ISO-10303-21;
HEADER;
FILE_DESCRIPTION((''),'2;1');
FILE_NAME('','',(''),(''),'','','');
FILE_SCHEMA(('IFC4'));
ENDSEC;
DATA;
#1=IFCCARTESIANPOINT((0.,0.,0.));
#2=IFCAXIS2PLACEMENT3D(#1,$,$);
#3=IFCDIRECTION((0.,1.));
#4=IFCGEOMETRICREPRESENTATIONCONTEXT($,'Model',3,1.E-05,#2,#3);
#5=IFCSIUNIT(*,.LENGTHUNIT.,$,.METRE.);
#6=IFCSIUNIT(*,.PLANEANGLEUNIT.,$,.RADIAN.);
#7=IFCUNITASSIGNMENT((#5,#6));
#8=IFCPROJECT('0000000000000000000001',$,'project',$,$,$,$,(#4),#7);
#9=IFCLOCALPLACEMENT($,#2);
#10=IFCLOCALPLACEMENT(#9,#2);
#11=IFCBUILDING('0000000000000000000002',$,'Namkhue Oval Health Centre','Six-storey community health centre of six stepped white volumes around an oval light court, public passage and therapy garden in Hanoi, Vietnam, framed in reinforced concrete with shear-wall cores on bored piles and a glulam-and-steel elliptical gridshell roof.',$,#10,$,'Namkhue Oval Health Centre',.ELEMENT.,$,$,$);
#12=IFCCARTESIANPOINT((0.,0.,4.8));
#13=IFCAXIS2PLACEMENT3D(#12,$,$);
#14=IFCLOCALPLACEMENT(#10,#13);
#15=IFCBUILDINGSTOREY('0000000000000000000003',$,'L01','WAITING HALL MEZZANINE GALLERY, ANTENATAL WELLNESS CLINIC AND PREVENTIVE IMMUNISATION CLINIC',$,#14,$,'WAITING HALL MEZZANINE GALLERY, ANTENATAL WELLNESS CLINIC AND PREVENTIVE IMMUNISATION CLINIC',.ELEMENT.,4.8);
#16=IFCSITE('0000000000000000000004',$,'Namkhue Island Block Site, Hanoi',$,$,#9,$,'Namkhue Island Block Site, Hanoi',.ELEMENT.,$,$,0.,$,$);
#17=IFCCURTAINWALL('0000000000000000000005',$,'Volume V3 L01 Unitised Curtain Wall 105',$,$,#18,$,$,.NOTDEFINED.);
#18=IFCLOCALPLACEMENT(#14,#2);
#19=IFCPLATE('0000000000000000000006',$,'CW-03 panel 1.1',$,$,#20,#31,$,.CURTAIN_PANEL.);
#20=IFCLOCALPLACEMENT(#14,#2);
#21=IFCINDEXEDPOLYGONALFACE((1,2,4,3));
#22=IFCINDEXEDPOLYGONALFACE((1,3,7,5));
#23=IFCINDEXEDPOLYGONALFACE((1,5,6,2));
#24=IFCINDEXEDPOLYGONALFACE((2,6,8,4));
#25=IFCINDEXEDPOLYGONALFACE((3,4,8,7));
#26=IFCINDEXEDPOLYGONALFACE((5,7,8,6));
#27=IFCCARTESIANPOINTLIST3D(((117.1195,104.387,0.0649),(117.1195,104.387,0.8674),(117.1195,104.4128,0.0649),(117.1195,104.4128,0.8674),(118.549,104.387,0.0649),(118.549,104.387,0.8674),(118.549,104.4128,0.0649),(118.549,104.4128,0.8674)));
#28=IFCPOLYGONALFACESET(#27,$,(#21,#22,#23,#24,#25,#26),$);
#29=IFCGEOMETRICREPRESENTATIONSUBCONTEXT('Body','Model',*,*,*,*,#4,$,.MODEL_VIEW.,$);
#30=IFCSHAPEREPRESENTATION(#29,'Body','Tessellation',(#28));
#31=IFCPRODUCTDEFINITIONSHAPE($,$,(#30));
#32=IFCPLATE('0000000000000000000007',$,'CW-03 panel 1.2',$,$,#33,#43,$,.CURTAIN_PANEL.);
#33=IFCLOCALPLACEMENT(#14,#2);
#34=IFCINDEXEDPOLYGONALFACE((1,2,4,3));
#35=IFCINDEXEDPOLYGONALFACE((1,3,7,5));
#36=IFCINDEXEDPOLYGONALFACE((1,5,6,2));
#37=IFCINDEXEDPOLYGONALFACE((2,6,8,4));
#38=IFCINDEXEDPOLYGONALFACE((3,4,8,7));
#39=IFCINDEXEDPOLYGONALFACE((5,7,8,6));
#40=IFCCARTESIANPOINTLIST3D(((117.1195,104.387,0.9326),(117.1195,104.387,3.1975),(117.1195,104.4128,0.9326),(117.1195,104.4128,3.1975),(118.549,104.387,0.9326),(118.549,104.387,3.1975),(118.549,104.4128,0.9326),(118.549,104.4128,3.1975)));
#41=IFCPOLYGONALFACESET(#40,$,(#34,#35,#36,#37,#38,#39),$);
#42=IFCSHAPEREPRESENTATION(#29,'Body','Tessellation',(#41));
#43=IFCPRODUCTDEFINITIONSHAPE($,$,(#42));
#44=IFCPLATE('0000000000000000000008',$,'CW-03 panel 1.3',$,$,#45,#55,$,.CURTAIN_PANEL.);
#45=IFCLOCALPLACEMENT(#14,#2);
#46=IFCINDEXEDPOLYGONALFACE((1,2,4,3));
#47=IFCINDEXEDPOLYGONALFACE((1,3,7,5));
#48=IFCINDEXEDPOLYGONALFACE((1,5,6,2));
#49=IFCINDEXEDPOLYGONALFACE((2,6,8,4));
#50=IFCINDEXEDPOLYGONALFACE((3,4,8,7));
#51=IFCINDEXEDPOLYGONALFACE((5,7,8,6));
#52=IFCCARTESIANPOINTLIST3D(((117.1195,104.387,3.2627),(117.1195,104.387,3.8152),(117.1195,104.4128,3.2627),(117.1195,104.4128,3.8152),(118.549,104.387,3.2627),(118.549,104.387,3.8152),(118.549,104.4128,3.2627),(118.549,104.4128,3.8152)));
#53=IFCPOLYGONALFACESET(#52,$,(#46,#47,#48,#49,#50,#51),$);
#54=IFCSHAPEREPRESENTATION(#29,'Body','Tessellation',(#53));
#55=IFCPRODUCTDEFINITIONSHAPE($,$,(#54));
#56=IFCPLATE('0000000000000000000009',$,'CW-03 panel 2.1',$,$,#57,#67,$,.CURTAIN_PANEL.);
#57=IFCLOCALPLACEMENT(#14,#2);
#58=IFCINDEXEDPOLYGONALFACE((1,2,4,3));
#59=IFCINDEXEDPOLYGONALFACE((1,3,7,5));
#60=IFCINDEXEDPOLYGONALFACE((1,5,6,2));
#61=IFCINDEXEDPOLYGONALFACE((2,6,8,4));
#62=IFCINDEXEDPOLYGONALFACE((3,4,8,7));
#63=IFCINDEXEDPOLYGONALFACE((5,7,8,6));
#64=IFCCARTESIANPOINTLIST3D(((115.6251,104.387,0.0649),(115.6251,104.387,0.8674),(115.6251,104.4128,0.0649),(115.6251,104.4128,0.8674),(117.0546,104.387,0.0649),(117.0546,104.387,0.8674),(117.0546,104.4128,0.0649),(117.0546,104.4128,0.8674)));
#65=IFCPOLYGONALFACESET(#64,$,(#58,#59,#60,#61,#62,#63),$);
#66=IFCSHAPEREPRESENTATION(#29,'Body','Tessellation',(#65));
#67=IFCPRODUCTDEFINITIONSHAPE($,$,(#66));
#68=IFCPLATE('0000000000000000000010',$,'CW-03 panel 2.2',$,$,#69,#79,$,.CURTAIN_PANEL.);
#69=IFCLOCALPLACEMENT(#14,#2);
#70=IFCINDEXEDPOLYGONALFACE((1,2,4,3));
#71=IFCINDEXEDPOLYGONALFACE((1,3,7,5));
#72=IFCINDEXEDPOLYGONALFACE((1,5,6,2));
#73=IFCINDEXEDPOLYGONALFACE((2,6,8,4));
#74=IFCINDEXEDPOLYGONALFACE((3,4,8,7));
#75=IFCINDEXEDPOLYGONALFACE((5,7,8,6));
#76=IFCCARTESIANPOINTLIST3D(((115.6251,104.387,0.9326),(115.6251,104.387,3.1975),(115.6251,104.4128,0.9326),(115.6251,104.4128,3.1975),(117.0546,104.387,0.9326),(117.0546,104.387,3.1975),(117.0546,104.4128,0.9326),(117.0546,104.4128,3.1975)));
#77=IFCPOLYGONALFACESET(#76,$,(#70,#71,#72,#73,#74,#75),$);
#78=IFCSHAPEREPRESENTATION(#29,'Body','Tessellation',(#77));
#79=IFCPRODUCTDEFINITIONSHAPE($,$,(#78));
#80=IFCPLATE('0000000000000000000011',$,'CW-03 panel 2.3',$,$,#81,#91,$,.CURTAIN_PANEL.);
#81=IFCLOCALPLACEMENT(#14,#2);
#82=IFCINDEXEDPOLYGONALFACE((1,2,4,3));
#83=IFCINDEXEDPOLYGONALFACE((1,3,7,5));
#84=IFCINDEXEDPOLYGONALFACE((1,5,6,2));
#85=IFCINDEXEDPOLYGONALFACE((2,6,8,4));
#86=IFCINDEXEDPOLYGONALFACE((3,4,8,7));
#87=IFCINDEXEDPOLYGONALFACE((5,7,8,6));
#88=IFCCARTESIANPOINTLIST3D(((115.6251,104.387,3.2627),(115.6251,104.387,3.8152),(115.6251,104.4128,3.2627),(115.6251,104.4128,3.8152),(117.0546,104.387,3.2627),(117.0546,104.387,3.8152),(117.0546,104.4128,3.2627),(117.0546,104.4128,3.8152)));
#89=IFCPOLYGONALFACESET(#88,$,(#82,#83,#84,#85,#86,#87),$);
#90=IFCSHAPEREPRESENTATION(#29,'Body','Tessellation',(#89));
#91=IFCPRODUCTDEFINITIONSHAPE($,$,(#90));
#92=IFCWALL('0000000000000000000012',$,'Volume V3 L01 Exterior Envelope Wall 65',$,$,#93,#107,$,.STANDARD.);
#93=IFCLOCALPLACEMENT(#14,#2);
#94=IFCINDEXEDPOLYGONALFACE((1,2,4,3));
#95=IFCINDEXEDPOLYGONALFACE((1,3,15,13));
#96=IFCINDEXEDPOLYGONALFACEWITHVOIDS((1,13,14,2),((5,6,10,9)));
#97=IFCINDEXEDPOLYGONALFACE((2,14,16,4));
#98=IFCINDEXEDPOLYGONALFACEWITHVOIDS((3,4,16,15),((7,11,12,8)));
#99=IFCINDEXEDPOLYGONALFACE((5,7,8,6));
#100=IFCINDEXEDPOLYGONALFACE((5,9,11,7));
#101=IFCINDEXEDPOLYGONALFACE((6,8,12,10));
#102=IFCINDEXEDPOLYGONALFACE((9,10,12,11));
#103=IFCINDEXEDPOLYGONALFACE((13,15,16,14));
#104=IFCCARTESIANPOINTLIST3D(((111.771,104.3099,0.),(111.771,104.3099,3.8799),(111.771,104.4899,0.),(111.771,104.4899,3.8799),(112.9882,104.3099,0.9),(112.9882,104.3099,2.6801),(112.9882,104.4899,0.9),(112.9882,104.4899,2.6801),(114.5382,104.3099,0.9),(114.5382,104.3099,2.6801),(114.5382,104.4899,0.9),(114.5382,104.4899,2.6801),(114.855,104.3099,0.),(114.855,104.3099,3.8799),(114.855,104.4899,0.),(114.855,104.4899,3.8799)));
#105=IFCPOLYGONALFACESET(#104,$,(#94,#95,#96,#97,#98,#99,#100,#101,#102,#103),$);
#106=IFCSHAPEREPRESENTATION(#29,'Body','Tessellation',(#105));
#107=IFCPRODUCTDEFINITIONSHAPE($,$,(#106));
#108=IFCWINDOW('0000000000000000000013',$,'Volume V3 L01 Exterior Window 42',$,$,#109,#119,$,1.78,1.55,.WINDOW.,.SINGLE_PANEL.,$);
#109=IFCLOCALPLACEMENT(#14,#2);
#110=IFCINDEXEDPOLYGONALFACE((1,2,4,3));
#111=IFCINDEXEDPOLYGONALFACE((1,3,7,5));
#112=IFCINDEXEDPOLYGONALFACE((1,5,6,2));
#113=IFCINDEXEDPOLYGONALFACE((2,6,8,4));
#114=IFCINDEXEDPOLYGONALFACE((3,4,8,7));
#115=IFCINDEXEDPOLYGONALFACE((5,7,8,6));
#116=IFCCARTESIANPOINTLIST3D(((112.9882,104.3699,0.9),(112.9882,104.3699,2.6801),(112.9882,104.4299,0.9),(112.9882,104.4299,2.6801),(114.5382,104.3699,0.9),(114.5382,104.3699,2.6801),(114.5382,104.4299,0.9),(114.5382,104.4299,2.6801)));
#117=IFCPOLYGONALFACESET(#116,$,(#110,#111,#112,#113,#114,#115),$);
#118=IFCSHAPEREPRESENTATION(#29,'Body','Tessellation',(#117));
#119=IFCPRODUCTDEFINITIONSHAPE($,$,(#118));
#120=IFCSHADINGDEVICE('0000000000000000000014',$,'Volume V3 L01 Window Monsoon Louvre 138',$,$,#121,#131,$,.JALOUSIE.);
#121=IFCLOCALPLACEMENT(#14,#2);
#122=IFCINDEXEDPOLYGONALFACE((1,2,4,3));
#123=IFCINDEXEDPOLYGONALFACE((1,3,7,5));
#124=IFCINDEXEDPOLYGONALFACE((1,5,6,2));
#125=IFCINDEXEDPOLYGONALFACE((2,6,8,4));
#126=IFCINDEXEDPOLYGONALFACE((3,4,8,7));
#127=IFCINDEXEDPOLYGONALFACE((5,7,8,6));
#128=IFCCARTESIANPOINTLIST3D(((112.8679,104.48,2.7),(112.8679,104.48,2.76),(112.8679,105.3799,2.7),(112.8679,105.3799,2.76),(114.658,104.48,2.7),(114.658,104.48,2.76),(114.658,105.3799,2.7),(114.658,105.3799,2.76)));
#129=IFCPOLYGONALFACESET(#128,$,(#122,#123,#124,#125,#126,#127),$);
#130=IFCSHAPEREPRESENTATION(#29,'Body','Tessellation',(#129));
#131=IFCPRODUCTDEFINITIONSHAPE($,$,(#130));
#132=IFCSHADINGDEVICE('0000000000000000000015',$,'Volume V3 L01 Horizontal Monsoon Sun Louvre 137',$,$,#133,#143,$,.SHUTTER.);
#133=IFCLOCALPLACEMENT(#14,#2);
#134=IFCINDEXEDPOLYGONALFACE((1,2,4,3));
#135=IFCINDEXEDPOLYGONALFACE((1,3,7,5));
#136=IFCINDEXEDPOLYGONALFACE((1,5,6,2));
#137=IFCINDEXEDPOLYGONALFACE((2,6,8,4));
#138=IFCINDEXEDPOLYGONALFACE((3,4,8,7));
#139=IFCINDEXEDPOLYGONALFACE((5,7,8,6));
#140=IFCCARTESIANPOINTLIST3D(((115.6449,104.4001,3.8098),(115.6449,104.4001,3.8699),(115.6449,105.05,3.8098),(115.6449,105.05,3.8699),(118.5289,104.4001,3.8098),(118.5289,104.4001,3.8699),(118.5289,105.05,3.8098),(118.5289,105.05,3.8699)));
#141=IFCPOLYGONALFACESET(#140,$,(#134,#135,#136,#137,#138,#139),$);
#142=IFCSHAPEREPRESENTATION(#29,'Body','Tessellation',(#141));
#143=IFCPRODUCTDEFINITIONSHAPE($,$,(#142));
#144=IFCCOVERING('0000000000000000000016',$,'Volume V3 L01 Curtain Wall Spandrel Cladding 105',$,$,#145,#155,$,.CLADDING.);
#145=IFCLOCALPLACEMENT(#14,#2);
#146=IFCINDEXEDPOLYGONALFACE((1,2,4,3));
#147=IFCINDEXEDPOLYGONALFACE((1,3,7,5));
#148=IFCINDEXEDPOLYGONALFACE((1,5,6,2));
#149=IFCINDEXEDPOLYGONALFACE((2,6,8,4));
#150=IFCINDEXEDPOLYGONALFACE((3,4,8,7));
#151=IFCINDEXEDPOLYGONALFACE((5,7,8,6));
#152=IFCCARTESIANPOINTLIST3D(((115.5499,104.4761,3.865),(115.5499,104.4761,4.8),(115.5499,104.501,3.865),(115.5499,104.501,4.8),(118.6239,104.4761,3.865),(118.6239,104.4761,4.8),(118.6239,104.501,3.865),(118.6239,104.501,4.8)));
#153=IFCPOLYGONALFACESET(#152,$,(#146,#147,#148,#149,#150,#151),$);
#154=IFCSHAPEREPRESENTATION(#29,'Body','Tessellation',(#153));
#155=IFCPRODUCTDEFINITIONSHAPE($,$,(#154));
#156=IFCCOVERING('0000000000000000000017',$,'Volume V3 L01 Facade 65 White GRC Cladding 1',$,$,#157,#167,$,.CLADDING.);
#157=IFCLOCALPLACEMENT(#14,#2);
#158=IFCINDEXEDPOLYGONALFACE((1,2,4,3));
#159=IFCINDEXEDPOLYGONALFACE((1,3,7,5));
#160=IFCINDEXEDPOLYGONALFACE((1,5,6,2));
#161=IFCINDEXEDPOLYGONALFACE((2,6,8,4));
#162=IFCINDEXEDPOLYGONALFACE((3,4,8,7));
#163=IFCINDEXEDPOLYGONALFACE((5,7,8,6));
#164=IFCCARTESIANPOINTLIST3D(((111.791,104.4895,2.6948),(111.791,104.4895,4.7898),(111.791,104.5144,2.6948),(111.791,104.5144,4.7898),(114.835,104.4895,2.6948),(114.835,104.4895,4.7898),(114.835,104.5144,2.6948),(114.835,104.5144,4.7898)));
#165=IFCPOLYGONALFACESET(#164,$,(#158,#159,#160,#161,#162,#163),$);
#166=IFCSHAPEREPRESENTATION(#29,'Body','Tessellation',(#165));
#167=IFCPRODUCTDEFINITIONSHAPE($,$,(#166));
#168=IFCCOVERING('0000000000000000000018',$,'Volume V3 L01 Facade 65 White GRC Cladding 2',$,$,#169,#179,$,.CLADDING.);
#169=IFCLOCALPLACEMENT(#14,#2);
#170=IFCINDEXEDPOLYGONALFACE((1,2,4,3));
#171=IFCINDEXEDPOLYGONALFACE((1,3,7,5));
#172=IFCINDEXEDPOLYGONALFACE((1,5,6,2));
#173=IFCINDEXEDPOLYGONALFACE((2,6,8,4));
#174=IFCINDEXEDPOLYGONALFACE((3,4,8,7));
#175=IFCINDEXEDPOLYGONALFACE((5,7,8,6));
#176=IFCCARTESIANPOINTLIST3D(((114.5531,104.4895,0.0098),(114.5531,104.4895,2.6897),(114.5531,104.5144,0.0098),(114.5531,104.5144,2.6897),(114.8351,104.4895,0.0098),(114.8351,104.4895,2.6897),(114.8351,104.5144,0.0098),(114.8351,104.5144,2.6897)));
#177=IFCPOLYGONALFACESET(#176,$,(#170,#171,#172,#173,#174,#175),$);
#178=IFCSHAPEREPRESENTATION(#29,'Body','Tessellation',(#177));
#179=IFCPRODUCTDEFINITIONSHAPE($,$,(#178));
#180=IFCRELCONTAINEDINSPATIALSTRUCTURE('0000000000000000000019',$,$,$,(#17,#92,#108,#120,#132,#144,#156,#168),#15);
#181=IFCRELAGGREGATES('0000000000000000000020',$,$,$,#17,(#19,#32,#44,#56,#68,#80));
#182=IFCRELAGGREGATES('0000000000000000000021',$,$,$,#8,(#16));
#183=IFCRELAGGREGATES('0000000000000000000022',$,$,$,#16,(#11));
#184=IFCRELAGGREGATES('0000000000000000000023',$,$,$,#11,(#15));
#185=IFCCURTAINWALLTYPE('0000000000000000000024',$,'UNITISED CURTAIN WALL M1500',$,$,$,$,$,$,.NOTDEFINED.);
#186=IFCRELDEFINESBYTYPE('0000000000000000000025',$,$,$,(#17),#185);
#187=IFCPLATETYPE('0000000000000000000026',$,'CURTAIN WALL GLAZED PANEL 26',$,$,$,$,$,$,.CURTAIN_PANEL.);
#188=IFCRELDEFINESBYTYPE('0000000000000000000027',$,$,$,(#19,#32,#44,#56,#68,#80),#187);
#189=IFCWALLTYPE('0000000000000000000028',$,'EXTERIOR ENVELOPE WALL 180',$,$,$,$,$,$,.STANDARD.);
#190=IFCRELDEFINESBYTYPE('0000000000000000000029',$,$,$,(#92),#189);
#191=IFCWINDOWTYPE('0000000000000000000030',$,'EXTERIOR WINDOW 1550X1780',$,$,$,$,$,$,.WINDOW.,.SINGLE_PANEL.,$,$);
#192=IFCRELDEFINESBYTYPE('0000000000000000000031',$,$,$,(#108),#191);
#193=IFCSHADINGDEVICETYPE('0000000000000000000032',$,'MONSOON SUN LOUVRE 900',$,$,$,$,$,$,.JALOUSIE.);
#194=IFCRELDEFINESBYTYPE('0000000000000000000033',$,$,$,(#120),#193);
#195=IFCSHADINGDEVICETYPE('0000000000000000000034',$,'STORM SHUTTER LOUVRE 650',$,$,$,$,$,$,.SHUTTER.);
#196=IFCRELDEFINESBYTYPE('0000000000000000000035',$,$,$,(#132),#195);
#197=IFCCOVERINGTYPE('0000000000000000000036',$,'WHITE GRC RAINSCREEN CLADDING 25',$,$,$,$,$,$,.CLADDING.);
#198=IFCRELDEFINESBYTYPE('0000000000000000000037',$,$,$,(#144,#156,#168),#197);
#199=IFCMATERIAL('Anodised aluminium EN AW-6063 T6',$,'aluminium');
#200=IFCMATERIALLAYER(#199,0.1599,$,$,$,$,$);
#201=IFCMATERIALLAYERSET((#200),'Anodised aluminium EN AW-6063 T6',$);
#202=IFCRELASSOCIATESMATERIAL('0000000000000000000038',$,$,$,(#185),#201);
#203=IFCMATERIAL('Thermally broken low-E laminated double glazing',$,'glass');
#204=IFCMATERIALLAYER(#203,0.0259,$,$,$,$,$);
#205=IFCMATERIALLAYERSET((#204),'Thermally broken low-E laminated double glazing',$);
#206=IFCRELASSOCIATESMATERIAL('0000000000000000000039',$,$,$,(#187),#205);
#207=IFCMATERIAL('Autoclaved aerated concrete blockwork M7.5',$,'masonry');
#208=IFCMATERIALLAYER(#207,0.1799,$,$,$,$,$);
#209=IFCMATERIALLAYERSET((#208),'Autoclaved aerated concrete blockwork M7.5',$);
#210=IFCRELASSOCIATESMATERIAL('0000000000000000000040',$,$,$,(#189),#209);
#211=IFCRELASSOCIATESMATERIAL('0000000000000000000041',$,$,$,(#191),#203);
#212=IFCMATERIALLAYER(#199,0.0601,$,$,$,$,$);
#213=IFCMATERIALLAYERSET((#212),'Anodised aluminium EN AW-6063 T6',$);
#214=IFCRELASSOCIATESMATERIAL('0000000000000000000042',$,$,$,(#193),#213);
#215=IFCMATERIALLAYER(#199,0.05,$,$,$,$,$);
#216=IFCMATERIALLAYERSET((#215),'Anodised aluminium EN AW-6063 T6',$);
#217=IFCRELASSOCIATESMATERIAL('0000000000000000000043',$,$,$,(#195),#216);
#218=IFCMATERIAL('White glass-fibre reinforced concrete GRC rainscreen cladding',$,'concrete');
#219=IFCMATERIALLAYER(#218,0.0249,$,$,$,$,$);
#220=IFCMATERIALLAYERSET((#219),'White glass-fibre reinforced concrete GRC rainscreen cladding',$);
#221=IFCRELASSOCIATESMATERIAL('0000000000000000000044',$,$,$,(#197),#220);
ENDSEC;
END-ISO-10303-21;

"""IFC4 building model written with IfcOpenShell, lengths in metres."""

from ifc_helpers import new_model, si_unit, direction, frame, frame_2d, origin, origin_2d, place, context, subcontext, project, spatial, rectangle, extrude, material, layer, layer_set, type_object, element, fill, aggregate, save


model = new_model("IFC4")

# Units and contexts
model_context = context("Model", 3, precision=1e-05, world=origin(), true_north=direction((0.0, 1.0)))
body_context = subcontext(model_context, "Body", "Model", "MODEL_VIEW")
ifc_project = project(units=[si_unit("LENGTHUNIT", "METRE"), si_unit("PLANEANGLEUNIT", "RADIAN")], contexts=[model_context])

# Site, building, storey
site_placement = place(None, origin())
site = spatial("IfcSite", under=ifc_project, at=site_placement, Name="Namkhue Island Block Site, Hanoi", LongName="Namkhue Island Block Site, Hanoi", CompositionType="ELEMENT", RefElevation=0.0)
building_placement = place(site_placement, origin())
building = spatial("IfcBuilding", under=site, at=building_placement, Name="Namkhue Oval Health Centre", Description="Six-storey community health centre of six stepped white volumes around an oval light court, public passage and therapy garden in Hanoi, Vietnam, framed in reinforced concrete with shear-wall cores on bored piles and a glulam-and-steel elliptical gridshell roof.", LongName="Namkhue Oval Health Centre", CompositionType="ELEMENT")
storey_placement = place(building_placement, frame((0.0, 0.0, 4.8)))
storey = spatial("IfcBuildingStorey", under=building, at=storey_placement, Name="L01", Description="WAITING HALL MEZZANINE GALLERY, ANTENATAL WELLNESS CLINIC AND PREVENTIVE IMMUNISATION CLINIC", LongName="WAITING HALL MEZZANINE GALLERY, ANTENATAL WELLNESS CLINIC AND PREVENTIVE IMMUNISATION CLINIC", CompositionType="ELEMENT", Elevation=4.8)

# Curtain wall
ifc_material_1 = material(Name="Anodised aluminium EN AW-6063 T6", Category="aluminium")
ifc_layer_1 = layer(ifc_material_1, 0.1599)
ifc_layer_set_1 = layer_set([ifc_layer_1], Name="Anodised aluminium EN AW-6063 T6")
curtain_wall_type = type_object("IfcCurtainWallType", Name="UNITISED CURTAIN WALL M1500", PredefinedType="NOTDEFINED", material=ifc_layer_set_1)
curtain_wall_placement = place(storey_placement, origin())
curtain_wall = element("IfcCurtainWall", 1, at=curtain_wall_placement, inside=storey, type_object=curtain_wall_type, Name="Volume V3 L01 Unitised Curtain Wall 105", PredefinedType="NOTDEFINED")

# Plates
ifc_material_2 = material(Name="Thermally broken low-E laminated double glazing", Category="glass")
ifc_layer_2 = layer(ifc_material_2, 0.0259)
ifc_layer_set_2 = layer_set([ifc_layer_2], Name="Thermally broken low-E laminated double glazing")
plate_type = type_object("IfcPlateType", Name="CURTAIN WALL GLAZED PANEL 26", PredefinedType="CURTAIN_PANEL", material=ifc_layer_set_2)
plate_1_placement = place(storey_placement, frame((117.8342, 104.3999, 0.0649), z_axis=(0.0, 0.0, 1.0), x_axis=(-1.0, 0.0, 0.0)))
plate_1 = element("IfcPlate", 2, at=plate_1_placement, type_object=plate_type, Name="CW-03 panel 1.1", PredefinedType="CURTAIN_PANEL", context=body_context, shape_type="SweptSolid", body=[
    extrude(rectangle(XDim=1.4294, YDim=0.0259, at=origin_2d()), origin(), (0.0, 0.0, 1.0), 0.8025),
])
plate_2_placement = place(storey_placement, frame((117.8342, 104.3999, 0.9326), z_axis=(0.0, 0.0, 1.0), x_axis=(-1.0, 0.0, 0.0)))
plate_2 = element("IfcPlate", 3, at=plate_2_placement, type_object=plate_type, Name="CW-03 panel 1.2", PredefinedType="CURTAIN_PANEL", context=body_context, shape_type="SweptSolid", body=[
    extrude(rectangle(XDim=1.4294, YDim=0.0259, at=origin_2d()), origin(), (0.0, 0.0, 1.0), 2.2649),
])
plate_3_placement = place(storey_placement, frame((117.8342, 104.3999, 3.2627), z_axis=(0.0, 0.0, 1.0), x_axis=(-1.0, 0.0, 0.0)))
plate_3 = element("IfcPlate", 4, at=plate_3_placement, type_object=plate_type, Name="CW-03 panel 1.3", PredefinedType="CURTAIN_PANEL", context=body_context, shape_type="SweptSolid", body=[
    extrude(rectangle(XDim=1.4294, YDim=0.0259, at=origin_2d()), origin(), (0.0, 0.0, 1.0), 0.5525),
])
plate_4_placement = place(storey_placement, frame((116.3398, 104.3999, 0.0649), z_axis=(0.0, 0.0, 1.0), x_axis=(-1.0, 0.0, 0.0)))
plate_4 = element("IfcPlate", 5, at=plate_4_placement, type_object=plate_type, Name="CW-03 panel 2.1", PredefinedType="CURTAIN_PANEL", context=body_context, shape_type="SweptSolid", body=[
    extrude(rectangle(XDim=1.4294, YDim=0.0259, at=origin_2d()), origin(), (0.0, 0.0, 1.0), 0.8025),
])
plate_5_placement = place(storey_placement, frame((116.3398, 104.3999, 0.9326), z_axis=(0.0, 0.0, 1.0), x_axis=(-1.0, 0.0, 0.0)))
plate_5 = element("IfcPlate", 6, at=plate_5_placement, type_object=plate_type, Name="CW-03 panel 2.2", PredefinedType="CURTAIN_PANEL", context=body_context, shape_type="SweptSolid", body=[
    extrude(rectangle(XDim=1.4294, YDim=0.0259, at=origin_2d()), origin(), (0.0, 0.0, 1.0), 2.2649),
])
plate_6_placement = place(storey_placement, frame((116.3398, 104.3999, 3.2627), z_axis=(0.0, 0.0, 1.0), x_axis=(-1.0, 0.0, 0.0)))
plate_6 = element("IfcPlate", 7, at=plate_6_placement, type_object=plate_type, Name="CW-03 panel 2.3", PredefinedType="CURTAIN_PANEL", context=body_context, shape_type="SweptSolid", body=[
    extrude(rectangle(XDim=1.4294, YDim=0.0259, at=origin_2d()), origin(), (0.0, 0.0, 1.0), 0.5525),
])
aggregate(curtain_wall, [plate_1, plate_2, plate_3, plate_4, plate_5, plate_6])

# Wall, opening, window
ifc_material_3 = material(Name="Autoclaved aerated concrete blockwork M7.5", Category="masonry")
ifc_layer_3 = layer(ifc_material_3, 0.1799)
ifc_layer_set_3 = layer_set([ifc_layer_3], Name="Autoclaved aerated concrete blockwork M7.5")
wall_type = type_object("IfcWallType", Name="EXTERIOR ENVELOPE WALL 180", PredefinedType="STANDARD", material=ifc_layer_set_3)
wall_placement = place(storey_placement, frame((114.855, 104.3999, 0.0), z_axis=(0.0, 0.0, 1.0), x_axis=(-1.0, 0.0, 0.0)))
wall = element("IfcWall", 8, at=wall_placement, inside=storey, type_object=wall_type, Name="Volume V3 L01 Exterior Envelope Wall 65", PredefinedType="STANDARD", context=body_context, shape_type="SweptSolid", body=[
    extrude(rectangle(XDim=3.084, YDim=0.1799, at=frame_2d((1.542, 0.0))), origin(), (0.0, 0.0, 1.0), 3.8799),
])
opening_placement = place(wall_placement, frame((0.3169, 0.0, 0.8999)))
opening = element("IfcOpeningElement", 9, at=opening_placement, cuts=wall, PredefinedType="OPENING", context=body_context, shape_type="SweptSolid", body=[
    extrude(rectangle(XDim=1.55, YDim=1.78, at=frame_2d((0.7749, 0.8901))), frame((0.0, 0.0999, 0.0), z_axis=(0.0, -1.0, 0.0), x_axis=(1.0, 0.0, 0.0)), (0.0, 0.0, 1.0), 0.2),
])
window_type = type_object("IfcWindowType", Name="EXTERIOR WINDOW 1550X1780", PartitioningType="SINGLE_PANEL", PredefinedType="WINDOW", material=ifc_material_2)
window_placement = place(opening_placement, origin())
window = element("IfcWindow", 10, at=window_placement, inside=storey, type_object=window_type, Name="Volume V3 L01 Exterior Window 42", OverallHeight=1.78, OverallWidth=1.55, PartitioningType="SINGLE_PANEL", PredefinedType="WINDOW", context=body_context, shape_type="SweptSolid", body=[
    extrude(rectangle(XDim=1.55, YDim=1.78, at=frame_2d((0.7749, 0.8901))), frame((0.0, 0.03, 0.0), z_axis=(0.0, -1.0, 0.0), x_axis=(1.0, 0.0, 0.0)), (0.0, 0.0, 1.0), 0.0601),
])
fill(opening, window)

# Shading devices
ifc_layer_4 = layer(ifc_material_1, 0.0601)
ifc_layer_set_4 = layer_set([ifc_layer_4], Name="Anodised aluminium EN AW-6063 T6")
shading_device_type_1 = type_object("IfcShadingDeviceType", Name="MONSOON SUN LOUVRE 900", PredefinedType="JALOUSIE", material=ifc_layer_set_4)
shading_device_1_placement = place(storey_placement, frame((113.7629, 104.9299, 2.7), z_axis=(0.0, 0.0, 1.0), x_axis=(-1.0, 0.0, 0.0)))
element("IfcShadingDevice", 11, at=shading_device_1_placement, inside=storey, type_object=shading_device_type_1, Name="Volume V3 L01 Window Monsoon Louvre 138", PredefinedType="JALOUSIE", context=body_context, shape_type="SweptSolid", body=[
    extrude(rectangle(XDim=1.79, YDim=0.8999, at=origin_2d()), origin(), (0.0, 0.0, 1.0), 0.0601),
])
ifc_layer_5 = layer(ifc_material_1, 0.05)
ifc_layer_set_5 = layer_set([ifc_layer_5], Name="Anodised aluminium EN AW-6063 T6")
shading_device_type_2 = type_object("IfcShadingDeviceType", Name="STORM SHUTTER LOUVRE 650", PredefinedType="SHUTTER", material=ifc_layer_set_5)
shading_device_2_placement = place(storey_placement, frame((117.0869, 104.7251, 3.8098), z_axis=(0.0, 0.0, 1.0), x_axis=(-1.0, 0.0, 0.0)))
element("IfcShadingDevice", 12, at=shading_device_2_placement, inside=storey, type_object=shading_device_type_2, Name="Volume V3 L01 Horizontal Monsoon Sun Louvre 137", PredefinedType="SHUTTER", context=body_context, shape_type="SweptSolid", body=[
    extrude(rectangle(XDim=2.884, YDim=0.6499, at=origin_2d()), origin(), (0.0, 0.0, 1.0), 0.0601),
])

# Coverings
ifc_material_4 = material(Name="White glass-fibre reinforced concrete GRC rainscreen cladding", Category="concrete")
ifc_layer_6 = layer(ifc_material_4, 0.0249)
ifc_layer_set_6 = layer_set([ifc_layer_6], Name="White glass-fibre reinforced concrete GRC rainscreen cladding")
covering_type = type_object("IfcCoveringType", Name="WHITE GRC RAINSCREEN CLADDING 25", PredefinedType="CLADDING", material=ifc_layer_set_6)
covering_1_placement = place(storey_placement, frame((117.0869, 104.4885, 3.865), z_axis=(0.0, 0.0, 1.0), x_axis=(-1.0, 0.0, 0.0)))
element("IfcCovering", 13, at=covering_1_placement, inside=storey, type_object=covering_type, Name="Volume V3 L01 Curtain Wall Spandrel Cladding 105", PredefinedType="CLADDING", context=body_context, shape_type="SweptSolid", body=[
    extrude(rectangle(XDim=3.074, YDim=0.0249, at=origin_2d()), origin(), (0.0, 0.0, 1.0), 0.9351),
])
covering_2_placement = place(storey_placement, frame((113.313, 104.502, 2.6948), z_axis=(0.0, 0.0, 1.0), x_axis=(-1.0, 0.0, 0.0)))
element("IfcCovering", 14, at=covering_2_placement, inside=storey, type_object=covering_type, Name="Volume V3 L01 Facade 65 White GRC Cladding 1", PredefinedType="CLADDING", context=body_context, shape_type="SweptSolid", body=[
    extrude(rectangle(XDim=3.0439, YDim=0.0249, at=origin_2d()), origin(), (0.0, 0.0, 1.0), 2.095),
])
covering_3_placement = place(storey_placement, frame((114.6941, 104.502, 0.0098), z_axis=(0.0, 0.0, 1.0), x_axis=(-1.0, 0.0, 0.0)))
element("IfcCovering", 15, at=covering_3_placement, inside=storey, type_object=covering_type, Name="Volume V3 L01 Facade 65 White GRC Cladding 2", PredefinedType="CLADDING", context=body_context, shape_type="SweptSolid", body=[
    extrude(rectangle(XDim=0.282, YDim=0.0249, at=origin_2d()), origin(), (0.0, 0.0, 1.0), 2.6799),
])

save(model, "model.ifc")
